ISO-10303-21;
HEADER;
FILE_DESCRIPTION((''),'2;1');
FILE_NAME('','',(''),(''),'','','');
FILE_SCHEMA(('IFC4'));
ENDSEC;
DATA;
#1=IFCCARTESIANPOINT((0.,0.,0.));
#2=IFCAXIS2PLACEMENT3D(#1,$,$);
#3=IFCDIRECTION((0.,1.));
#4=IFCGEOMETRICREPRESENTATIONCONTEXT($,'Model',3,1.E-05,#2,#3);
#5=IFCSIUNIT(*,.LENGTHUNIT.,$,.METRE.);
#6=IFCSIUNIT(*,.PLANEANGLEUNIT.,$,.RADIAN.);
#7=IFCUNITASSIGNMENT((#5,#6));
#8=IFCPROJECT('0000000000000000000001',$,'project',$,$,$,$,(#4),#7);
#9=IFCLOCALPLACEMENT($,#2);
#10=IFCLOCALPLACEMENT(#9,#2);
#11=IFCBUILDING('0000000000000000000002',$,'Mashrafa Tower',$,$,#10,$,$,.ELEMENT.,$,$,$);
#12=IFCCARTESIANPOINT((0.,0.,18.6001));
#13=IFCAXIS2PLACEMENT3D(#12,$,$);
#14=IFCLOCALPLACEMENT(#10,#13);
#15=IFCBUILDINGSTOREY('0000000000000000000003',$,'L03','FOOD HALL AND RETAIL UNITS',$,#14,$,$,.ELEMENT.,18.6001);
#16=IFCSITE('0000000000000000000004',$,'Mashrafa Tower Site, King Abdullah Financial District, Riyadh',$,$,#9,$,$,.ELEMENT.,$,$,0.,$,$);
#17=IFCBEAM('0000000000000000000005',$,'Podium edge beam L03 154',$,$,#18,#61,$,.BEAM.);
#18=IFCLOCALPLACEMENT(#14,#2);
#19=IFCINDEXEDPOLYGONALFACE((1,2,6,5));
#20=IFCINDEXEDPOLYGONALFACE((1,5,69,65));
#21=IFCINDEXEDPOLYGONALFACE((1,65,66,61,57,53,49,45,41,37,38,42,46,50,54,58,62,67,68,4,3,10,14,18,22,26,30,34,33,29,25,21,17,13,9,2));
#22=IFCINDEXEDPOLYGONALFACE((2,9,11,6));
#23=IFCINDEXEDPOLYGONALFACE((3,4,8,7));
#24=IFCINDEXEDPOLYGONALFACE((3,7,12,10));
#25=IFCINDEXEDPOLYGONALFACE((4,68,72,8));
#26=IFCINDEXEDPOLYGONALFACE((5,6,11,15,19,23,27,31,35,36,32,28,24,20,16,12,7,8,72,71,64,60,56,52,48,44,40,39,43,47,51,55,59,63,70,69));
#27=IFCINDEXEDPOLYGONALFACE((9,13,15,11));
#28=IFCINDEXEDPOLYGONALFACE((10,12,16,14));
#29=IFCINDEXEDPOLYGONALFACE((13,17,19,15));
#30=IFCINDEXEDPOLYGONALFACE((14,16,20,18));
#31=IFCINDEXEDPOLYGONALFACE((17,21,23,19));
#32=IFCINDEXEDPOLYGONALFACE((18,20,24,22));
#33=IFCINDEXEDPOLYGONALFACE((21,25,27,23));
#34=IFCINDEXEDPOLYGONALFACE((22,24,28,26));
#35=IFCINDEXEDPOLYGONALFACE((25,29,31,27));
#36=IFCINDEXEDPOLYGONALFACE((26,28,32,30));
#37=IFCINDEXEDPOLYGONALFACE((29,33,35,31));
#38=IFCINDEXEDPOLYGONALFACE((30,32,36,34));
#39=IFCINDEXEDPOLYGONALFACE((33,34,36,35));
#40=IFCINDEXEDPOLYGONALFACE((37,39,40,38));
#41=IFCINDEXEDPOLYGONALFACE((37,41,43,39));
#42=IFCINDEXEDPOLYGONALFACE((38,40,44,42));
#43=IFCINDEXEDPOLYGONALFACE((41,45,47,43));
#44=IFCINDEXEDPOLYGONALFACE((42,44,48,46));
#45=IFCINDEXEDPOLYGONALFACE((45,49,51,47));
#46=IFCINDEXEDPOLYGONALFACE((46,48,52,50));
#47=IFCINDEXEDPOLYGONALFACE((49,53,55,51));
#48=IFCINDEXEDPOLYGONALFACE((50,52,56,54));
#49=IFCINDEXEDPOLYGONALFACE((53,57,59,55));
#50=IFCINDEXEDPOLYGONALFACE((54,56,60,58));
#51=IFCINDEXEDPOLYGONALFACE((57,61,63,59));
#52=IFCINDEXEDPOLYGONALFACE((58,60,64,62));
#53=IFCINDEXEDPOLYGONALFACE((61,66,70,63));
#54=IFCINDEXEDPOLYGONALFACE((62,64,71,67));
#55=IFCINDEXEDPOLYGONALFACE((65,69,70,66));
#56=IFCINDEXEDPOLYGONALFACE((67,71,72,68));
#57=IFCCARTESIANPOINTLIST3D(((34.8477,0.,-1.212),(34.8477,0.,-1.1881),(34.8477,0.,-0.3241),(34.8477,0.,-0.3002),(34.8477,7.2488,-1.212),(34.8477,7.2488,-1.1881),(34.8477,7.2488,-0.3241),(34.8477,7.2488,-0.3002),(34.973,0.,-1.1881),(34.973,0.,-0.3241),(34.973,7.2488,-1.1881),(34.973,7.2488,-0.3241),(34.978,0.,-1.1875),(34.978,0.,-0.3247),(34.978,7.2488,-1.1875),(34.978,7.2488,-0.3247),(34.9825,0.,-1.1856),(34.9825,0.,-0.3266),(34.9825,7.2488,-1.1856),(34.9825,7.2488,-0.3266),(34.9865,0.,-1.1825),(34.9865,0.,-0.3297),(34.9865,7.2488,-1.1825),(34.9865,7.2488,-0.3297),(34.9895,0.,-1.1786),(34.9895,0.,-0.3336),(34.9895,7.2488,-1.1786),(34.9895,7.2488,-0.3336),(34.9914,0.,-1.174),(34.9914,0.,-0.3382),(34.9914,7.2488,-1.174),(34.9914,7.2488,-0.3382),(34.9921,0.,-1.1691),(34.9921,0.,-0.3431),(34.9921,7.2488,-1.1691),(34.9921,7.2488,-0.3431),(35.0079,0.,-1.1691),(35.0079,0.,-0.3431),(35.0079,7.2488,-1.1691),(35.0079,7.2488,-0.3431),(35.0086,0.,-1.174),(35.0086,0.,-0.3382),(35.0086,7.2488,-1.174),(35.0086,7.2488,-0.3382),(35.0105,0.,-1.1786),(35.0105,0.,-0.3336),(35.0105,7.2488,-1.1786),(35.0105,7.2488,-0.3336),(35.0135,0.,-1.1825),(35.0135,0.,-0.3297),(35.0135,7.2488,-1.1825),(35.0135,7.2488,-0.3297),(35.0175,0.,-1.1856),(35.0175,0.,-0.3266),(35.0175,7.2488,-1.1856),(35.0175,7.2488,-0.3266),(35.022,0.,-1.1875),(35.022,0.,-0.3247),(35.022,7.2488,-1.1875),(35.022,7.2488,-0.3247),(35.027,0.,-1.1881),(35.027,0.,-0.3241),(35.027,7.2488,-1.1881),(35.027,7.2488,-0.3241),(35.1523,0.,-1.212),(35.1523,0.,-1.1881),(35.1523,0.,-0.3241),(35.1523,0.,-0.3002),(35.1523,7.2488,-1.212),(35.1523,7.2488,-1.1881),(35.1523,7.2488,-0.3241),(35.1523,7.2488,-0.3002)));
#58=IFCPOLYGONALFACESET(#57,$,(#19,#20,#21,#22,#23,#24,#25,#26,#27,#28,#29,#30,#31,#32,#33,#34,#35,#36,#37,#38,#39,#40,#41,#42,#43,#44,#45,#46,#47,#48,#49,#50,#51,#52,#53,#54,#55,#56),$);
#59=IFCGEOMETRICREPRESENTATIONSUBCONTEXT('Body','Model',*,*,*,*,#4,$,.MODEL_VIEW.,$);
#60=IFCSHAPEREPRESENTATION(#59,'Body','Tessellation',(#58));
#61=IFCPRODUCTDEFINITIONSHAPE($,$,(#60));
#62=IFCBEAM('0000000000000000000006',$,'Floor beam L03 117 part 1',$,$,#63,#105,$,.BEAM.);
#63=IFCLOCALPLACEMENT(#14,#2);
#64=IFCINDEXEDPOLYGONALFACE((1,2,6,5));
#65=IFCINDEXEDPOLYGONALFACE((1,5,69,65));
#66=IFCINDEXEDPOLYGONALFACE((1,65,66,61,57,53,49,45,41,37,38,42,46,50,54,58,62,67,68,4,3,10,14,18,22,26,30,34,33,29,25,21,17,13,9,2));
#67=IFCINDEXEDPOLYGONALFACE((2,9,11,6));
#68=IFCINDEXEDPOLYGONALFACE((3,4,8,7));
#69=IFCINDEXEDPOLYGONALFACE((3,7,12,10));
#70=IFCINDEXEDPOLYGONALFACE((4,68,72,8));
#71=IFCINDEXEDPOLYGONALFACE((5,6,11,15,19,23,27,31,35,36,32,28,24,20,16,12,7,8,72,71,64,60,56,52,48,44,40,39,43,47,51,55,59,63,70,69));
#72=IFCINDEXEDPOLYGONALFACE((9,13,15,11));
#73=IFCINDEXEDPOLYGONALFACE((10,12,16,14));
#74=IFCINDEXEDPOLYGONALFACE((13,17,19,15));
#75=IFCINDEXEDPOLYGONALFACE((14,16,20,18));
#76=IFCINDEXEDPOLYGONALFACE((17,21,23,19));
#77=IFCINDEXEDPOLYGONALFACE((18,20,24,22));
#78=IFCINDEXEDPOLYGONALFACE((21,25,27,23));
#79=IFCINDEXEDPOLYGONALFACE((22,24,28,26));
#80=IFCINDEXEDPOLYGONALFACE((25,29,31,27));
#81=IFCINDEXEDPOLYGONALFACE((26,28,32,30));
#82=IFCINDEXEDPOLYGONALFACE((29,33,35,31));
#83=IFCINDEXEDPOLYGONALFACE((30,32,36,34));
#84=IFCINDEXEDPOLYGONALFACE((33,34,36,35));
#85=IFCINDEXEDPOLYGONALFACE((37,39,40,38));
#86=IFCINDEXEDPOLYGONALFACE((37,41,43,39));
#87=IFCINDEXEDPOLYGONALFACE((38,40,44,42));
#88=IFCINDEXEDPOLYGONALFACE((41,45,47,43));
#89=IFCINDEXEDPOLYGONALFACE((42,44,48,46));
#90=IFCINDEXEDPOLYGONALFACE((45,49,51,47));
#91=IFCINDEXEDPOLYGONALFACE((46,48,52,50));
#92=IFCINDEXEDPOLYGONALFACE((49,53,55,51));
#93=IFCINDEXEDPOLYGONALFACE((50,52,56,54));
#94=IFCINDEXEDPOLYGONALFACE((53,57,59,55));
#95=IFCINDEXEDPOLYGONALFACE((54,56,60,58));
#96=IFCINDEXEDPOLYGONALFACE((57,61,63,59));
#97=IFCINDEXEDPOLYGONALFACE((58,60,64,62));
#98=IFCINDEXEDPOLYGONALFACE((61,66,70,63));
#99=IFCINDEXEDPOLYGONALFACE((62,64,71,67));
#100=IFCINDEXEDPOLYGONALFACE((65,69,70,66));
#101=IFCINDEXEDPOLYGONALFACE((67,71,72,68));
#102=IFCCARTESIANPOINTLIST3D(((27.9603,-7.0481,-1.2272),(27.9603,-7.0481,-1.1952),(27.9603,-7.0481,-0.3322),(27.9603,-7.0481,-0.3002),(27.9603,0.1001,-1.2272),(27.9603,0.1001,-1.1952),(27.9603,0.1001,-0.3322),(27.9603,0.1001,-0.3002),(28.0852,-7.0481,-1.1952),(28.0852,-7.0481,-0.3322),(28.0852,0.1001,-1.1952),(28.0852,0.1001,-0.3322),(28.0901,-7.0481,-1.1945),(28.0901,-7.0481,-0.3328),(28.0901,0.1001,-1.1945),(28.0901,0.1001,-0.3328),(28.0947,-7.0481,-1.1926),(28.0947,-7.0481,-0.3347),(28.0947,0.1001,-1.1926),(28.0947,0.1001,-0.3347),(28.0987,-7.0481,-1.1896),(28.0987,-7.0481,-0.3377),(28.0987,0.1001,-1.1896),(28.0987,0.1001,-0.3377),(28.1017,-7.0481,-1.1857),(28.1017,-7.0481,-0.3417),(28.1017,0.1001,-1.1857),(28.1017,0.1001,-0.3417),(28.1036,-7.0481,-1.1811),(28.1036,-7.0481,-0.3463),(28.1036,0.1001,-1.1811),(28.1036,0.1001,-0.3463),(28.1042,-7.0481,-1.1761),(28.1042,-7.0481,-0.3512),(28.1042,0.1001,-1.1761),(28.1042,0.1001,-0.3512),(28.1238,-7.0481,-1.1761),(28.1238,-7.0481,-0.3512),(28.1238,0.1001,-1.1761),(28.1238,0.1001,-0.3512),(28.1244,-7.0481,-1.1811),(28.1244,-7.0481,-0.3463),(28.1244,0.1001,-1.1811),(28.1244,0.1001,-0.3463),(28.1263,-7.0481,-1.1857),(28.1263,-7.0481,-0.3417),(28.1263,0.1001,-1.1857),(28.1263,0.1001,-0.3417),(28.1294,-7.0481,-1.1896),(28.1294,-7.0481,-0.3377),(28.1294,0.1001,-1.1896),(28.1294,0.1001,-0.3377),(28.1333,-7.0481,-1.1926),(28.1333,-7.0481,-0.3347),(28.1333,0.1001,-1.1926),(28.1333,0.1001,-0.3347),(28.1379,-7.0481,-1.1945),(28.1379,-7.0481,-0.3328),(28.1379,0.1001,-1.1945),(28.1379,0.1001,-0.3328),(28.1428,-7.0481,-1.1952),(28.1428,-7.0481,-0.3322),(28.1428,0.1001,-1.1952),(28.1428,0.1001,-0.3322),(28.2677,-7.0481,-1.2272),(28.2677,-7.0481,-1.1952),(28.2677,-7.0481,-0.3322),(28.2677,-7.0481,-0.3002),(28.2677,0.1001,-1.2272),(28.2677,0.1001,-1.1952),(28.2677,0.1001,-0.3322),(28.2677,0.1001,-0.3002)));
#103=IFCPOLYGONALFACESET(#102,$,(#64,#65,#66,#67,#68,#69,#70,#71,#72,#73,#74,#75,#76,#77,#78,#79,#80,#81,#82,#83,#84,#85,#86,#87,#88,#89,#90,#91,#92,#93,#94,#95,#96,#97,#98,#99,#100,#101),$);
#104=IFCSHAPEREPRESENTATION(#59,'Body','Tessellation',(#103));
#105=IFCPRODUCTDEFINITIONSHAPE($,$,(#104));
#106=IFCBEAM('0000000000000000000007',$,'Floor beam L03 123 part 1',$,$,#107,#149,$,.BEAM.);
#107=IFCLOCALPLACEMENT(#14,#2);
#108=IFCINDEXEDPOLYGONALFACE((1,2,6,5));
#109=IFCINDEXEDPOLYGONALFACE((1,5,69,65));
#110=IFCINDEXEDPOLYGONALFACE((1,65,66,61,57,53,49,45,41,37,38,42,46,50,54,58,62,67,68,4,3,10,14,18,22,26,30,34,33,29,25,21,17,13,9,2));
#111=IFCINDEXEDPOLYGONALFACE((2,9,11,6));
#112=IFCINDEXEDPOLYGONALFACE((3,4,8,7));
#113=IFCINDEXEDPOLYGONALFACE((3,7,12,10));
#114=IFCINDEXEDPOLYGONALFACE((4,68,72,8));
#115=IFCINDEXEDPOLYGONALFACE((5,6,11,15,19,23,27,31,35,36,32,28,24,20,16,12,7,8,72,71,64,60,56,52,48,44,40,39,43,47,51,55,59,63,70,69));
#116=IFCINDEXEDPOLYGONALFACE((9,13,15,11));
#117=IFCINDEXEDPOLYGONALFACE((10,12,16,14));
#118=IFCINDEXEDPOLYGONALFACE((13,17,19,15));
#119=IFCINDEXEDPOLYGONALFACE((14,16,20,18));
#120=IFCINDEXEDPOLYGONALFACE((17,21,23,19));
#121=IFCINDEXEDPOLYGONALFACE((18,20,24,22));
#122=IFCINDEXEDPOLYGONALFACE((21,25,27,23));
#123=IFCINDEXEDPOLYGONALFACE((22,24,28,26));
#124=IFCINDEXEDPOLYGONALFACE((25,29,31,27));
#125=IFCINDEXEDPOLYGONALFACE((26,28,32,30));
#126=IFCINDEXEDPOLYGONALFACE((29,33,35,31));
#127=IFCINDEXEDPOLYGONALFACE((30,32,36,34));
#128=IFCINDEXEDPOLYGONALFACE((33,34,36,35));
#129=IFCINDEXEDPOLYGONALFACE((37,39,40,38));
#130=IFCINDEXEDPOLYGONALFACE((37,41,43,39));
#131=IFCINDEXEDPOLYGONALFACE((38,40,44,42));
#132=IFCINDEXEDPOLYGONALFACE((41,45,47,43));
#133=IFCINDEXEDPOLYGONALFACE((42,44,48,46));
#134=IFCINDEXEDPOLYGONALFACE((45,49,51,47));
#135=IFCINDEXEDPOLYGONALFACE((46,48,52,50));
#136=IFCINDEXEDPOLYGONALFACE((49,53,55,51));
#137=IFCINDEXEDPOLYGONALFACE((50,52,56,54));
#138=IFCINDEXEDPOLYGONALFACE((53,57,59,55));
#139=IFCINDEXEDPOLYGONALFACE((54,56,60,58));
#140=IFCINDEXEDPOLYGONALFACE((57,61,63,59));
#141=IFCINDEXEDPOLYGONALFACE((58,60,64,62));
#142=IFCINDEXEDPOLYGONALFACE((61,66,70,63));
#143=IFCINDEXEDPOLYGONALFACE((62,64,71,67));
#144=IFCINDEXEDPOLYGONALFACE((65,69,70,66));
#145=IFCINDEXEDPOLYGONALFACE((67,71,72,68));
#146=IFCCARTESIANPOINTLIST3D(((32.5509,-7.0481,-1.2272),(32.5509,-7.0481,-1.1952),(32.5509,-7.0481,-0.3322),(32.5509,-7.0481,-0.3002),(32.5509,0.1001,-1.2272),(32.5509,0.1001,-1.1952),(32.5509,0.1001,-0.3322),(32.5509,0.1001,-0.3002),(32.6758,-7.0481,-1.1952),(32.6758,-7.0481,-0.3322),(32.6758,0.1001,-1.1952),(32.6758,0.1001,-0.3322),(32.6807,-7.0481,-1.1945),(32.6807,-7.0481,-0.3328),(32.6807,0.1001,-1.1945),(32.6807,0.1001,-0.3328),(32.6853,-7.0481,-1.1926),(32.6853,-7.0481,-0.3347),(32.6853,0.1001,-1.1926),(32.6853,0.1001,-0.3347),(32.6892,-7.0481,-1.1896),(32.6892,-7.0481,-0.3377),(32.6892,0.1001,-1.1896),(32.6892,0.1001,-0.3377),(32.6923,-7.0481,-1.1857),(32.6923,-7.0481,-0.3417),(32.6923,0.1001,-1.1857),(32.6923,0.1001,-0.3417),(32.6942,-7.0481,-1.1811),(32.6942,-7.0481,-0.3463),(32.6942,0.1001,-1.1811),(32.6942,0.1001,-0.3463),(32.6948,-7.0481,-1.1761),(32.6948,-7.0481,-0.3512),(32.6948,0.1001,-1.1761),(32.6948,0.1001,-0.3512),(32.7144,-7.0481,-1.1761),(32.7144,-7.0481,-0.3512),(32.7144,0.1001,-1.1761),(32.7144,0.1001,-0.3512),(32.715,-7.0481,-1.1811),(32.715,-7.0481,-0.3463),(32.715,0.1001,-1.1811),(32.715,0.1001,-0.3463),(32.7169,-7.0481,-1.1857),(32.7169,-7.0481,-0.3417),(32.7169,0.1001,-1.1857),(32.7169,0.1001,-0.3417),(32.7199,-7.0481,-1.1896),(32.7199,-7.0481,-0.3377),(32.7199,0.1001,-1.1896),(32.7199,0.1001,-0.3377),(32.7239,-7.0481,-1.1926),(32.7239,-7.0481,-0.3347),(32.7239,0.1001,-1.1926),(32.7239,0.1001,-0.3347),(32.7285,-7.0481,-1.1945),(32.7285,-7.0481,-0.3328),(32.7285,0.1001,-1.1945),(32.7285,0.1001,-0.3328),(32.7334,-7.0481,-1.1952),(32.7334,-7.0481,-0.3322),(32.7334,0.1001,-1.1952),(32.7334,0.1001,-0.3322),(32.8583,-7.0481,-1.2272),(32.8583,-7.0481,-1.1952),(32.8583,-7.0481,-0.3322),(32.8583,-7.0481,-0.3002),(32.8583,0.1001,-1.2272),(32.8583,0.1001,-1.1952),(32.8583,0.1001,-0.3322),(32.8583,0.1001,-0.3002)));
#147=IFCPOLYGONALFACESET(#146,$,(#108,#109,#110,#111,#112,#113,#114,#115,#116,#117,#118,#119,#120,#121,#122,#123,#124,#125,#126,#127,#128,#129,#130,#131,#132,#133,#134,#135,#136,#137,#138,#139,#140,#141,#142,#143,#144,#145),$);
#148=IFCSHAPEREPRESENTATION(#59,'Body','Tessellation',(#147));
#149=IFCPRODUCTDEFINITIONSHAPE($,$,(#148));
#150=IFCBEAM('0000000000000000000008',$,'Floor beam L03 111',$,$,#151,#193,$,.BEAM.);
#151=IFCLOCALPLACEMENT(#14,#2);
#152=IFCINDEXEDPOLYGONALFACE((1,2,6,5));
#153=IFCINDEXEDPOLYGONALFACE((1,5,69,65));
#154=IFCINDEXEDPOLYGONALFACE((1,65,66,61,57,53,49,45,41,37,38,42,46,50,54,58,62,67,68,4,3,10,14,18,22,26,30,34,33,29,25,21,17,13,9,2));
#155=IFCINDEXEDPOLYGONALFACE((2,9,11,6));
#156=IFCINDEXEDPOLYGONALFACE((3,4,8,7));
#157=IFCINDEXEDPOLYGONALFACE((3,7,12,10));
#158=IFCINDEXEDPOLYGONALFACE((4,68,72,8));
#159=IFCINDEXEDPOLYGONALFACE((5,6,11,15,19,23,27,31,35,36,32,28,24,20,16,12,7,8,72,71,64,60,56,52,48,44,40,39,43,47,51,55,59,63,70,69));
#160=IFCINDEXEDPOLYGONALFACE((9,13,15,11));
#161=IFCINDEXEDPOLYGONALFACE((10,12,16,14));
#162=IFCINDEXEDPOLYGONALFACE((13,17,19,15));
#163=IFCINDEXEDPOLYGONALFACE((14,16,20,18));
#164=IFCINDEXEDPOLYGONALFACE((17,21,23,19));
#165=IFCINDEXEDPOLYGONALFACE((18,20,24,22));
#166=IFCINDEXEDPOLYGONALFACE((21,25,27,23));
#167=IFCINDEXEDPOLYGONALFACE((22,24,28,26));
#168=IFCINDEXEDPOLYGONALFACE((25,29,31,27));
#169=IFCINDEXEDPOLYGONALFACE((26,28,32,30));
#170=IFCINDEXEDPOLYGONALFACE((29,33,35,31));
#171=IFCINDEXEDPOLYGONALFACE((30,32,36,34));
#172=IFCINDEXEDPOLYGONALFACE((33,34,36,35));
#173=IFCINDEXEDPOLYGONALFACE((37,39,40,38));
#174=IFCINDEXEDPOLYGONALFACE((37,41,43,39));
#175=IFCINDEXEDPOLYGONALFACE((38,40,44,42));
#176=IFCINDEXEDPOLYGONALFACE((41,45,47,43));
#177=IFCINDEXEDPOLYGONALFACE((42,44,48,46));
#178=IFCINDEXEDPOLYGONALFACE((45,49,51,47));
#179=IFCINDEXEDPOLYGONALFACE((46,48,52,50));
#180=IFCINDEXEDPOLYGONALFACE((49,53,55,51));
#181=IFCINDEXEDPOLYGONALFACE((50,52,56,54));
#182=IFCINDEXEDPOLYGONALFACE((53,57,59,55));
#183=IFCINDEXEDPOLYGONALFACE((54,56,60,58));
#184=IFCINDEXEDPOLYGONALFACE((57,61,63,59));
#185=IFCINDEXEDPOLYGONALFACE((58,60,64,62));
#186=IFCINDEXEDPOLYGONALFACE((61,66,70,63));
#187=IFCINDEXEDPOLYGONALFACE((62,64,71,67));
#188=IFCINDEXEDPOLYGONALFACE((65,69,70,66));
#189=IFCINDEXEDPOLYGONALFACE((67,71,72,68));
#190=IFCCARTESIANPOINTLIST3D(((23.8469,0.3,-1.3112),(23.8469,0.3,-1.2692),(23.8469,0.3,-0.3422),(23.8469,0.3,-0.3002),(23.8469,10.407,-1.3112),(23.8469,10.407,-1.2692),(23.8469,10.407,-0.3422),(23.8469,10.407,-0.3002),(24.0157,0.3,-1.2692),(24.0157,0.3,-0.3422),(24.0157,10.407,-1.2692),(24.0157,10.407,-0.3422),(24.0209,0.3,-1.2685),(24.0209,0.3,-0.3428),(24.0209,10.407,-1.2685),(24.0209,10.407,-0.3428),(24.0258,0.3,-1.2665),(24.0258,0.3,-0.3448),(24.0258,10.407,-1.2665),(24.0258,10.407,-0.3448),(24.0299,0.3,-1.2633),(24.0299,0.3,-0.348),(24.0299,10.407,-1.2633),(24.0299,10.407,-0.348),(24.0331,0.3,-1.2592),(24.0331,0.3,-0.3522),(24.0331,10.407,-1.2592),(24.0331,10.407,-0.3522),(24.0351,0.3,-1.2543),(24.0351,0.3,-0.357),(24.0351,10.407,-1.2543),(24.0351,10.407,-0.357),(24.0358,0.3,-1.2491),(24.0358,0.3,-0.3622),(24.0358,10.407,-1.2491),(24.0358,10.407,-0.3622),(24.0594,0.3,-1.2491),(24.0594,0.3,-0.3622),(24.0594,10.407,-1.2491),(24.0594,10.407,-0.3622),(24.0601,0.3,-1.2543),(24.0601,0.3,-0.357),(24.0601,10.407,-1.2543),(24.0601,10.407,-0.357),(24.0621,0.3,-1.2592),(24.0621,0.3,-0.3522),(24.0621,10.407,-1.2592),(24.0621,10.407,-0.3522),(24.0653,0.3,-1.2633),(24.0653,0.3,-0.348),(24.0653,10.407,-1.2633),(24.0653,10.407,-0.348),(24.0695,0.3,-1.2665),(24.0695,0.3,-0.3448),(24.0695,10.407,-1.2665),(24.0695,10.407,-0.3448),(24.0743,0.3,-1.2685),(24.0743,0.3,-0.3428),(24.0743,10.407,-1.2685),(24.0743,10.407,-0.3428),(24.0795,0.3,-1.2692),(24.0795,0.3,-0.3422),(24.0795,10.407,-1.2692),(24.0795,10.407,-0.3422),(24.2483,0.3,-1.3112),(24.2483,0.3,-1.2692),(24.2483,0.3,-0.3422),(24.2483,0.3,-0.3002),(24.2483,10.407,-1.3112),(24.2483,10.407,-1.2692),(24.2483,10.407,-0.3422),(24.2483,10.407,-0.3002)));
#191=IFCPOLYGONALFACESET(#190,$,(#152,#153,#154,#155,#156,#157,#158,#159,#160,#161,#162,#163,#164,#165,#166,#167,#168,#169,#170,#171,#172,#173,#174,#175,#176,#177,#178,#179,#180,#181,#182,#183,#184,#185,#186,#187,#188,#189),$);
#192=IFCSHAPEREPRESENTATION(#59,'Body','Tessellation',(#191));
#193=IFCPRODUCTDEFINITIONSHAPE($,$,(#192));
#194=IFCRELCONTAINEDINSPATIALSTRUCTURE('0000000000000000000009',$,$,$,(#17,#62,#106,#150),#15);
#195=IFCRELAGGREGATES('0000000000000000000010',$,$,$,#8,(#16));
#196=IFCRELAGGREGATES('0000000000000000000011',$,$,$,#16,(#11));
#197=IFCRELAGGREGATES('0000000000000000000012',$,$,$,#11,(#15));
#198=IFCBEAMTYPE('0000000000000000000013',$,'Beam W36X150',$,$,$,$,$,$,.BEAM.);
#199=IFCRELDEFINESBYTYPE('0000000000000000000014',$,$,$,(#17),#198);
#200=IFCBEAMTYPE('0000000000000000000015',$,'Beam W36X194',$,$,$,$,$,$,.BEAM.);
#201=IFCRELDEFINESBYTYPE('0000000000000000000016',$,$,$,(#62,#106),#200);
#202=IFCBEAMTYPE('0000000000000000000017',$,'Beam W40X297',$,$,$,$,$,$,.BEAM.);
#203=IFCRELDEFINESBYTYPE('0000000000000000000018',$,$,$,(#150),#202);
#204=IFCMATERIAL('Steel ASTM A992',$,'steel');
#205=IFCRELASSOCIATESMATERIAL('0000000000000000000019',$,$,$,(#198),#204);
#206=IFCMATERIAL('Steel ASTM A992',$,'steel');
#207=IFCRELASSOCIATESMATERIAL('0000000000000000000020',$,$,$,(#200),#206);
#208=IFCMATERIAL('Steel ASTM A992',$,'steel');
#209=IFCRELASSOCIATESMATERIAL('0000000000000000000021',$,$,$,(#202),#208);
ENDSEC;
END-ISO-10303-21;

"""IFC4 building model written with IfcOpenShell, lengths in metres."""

from ifc_helpers import new_model, si_unit, direction, frame, origin, origin_2d, place, context, subcontext, project, spatial, i_section, extrude, material, material_profile, profile_set, type_object, element, save


model = new_model("IFC4")

# Units and contexts
model_context = context("Model", 3, precision=1e-05, world=origin(), true_north=direction((0.0, 1.0)))
body_context = subcontext(model_context, "Body", "Model", "MODEL_VIEW")
ifc_project = project(units=[si_unit("LENGTHUNIT", "METRE"), si_unit("PLANEANGLEUNIT", "RADIAN")], contexts=[model_context])

# Site, building, storey
site_placement = place(None, origin())
site = spatial("IfcSite", under=ifc_project, at=site_placement, Name="Mashrafa Tower Site, King Abdullah Financial District, Riyadh", CompositionType="ELEMENT", RefElevation=0.0)
building_placement = place(site_placement, origin())
building = spatial("IfcBuilding", under=site, at=building_placement, Name="Mashrafa Tower", CompositionType="ELEMENT")
storey_placement = place(building_placement, frame((0.0, 0.0, 18.6001)))
storey = spatial("IfcBuildingStorey", under=building, at=storey_placement, Name="L03", Description="FOOD HALL AND RETAIL UNITS", CompositionType="ELEMENT", Elevation=18.6001)

# Beams
ifc_material_1 = material(Name="Steel ASTM A992", Category="steel")
ifc_material_profile_1 = material_profile(ifc_material_1, i_section(OverallWidth=0.3047, OverallDepth=0.9119, WebThickness=0.0159, FlangeThickness=0.0239, FilletRadius=0.019, at=origin_2d()), Name="W36X150")
ifc_profile_set_1 = profile_set([ifc_material_profile_1], Name="Steel ASTM A992")
beam_type_1 = type_object("IfcBeamType", Name="Beam W36X150", PredefinedType="BEAM", material=ifc_profile_set_1)
beam_1_placement = place(storey_placement, frame((35.0, 0.0, -0.7561), z_axis=(0.0, 1.0, 0.0), x_axis=(-1.0, 0.0, 0.0)))
element("IfcBeam", 1, at=beam_1_placement, inside=storey, type_object=beam_type_1, Name="Podium edge beam L03 154", PredefinedType="BEAM", context=body_context, shape_type="SweptSolid", body=[
    extrude(i_section(OverallWidth=0.3047, OverallDepth=0.9119, WebThickness=0.0159, FlangeThickness=0.0239, FilletRadius=0.019, at=origin_2d()), origin(), (0.0, 0.0, 1.0), 7.2488),
])
ifc_material_2 = material(Name="Steel ASTM A992", Category="steel")
ifc_material_profile_2 = material_profile(ifc_material_2, i_section(OverallWidth=0.3074, OverallDepth=0.927, WebThickness=0.0195, FlangeThickness=0.032, FilletRadius=0.019, at=origin_2d()), Name="W36X194")
ifc_profile_set_2 = profile_set([ifc_material_profile_2], Name="Steel ASTM A992")
beam_type_2 = type_object("IfcBeamType", Name="Beam W36X194", PredefinedType="BEAM", material=ifc_profile_set_2)
for number, where, z_axis, x_axis, name in (
    (2, (28.114, 0.1001, -0.7637), (0.0, -1.0, 0.0), (1.0, 0.0, 0.0), "Floor beam L03 117 part 1"),
    (3, (32.7046, 0.1001, -0.7637), (0.0, -1.0, 0.0), (1.0, 0.0, 0.0), "Floor beam L03 123 part 1"),
):
    element("IfcBeam", number, at=place(storey_placement, frame(where, z_axis=z_axis, x_axis=x_axis)), inside=storey, type_object=beam_type_2, Name=name, PredefinedType="BEAM", context=body_context, shape_type="SweptSolid", body=[
        extrude(i_section(OverallWidth=0.3074, OverallDepth=0.927, WebThickness=0.0195, FlangeThickness=0.032, FilletRadius=0.019, at=origin_2d()), origin(), (0.0, 0.0, 1.0), 7.1482),
    ])
ifc_material_3 = material(Name="Steel ASTM A992", Category="steel")
ifc_material_profile_3 = material_profile(ifc_material_3, i_section(OverallWidth=0.4014, OverallDepth=1.011, WebThickness=0.0237, FlangeThickness=0.042, FilletRadius=0.02, at=origin_2d()), Name="W40X297")
ifc_profile_set_3 = profile_set([ifc_material_profile_3], Name="Steel ASTM A992")
beam_type_3 = type_object("IfcBeamType", Name="Beam W40X297", PredefinedType="BEAM", material=ifc_profile_set_3)
beam_2_placement = place(storey_placement, frame((24.0476, 10.407, -0.8057), z_axis=(0.0, -1.0, 0.0), x_axis=(1.0, 0.0, 0.0)))
element("IfcBeam", 4, at=beam_2_placement, inside=storey, type_object=beam_type_3, Name="Floor beam L03 111", PredefinedType="BEAM", context=body_context, shape_type="SweptSolid", body=[
    extrude(i_section(OverallWidth=0.4014, OverallDepth=1.011, WebThickness=0.0237, FlangeThickness=0.042, FilletRadius=0.02, at=origin_2d()), origin(), (0.0, 0.0, 1.0), 10.1069),
])

save(model, "model.ifc")
